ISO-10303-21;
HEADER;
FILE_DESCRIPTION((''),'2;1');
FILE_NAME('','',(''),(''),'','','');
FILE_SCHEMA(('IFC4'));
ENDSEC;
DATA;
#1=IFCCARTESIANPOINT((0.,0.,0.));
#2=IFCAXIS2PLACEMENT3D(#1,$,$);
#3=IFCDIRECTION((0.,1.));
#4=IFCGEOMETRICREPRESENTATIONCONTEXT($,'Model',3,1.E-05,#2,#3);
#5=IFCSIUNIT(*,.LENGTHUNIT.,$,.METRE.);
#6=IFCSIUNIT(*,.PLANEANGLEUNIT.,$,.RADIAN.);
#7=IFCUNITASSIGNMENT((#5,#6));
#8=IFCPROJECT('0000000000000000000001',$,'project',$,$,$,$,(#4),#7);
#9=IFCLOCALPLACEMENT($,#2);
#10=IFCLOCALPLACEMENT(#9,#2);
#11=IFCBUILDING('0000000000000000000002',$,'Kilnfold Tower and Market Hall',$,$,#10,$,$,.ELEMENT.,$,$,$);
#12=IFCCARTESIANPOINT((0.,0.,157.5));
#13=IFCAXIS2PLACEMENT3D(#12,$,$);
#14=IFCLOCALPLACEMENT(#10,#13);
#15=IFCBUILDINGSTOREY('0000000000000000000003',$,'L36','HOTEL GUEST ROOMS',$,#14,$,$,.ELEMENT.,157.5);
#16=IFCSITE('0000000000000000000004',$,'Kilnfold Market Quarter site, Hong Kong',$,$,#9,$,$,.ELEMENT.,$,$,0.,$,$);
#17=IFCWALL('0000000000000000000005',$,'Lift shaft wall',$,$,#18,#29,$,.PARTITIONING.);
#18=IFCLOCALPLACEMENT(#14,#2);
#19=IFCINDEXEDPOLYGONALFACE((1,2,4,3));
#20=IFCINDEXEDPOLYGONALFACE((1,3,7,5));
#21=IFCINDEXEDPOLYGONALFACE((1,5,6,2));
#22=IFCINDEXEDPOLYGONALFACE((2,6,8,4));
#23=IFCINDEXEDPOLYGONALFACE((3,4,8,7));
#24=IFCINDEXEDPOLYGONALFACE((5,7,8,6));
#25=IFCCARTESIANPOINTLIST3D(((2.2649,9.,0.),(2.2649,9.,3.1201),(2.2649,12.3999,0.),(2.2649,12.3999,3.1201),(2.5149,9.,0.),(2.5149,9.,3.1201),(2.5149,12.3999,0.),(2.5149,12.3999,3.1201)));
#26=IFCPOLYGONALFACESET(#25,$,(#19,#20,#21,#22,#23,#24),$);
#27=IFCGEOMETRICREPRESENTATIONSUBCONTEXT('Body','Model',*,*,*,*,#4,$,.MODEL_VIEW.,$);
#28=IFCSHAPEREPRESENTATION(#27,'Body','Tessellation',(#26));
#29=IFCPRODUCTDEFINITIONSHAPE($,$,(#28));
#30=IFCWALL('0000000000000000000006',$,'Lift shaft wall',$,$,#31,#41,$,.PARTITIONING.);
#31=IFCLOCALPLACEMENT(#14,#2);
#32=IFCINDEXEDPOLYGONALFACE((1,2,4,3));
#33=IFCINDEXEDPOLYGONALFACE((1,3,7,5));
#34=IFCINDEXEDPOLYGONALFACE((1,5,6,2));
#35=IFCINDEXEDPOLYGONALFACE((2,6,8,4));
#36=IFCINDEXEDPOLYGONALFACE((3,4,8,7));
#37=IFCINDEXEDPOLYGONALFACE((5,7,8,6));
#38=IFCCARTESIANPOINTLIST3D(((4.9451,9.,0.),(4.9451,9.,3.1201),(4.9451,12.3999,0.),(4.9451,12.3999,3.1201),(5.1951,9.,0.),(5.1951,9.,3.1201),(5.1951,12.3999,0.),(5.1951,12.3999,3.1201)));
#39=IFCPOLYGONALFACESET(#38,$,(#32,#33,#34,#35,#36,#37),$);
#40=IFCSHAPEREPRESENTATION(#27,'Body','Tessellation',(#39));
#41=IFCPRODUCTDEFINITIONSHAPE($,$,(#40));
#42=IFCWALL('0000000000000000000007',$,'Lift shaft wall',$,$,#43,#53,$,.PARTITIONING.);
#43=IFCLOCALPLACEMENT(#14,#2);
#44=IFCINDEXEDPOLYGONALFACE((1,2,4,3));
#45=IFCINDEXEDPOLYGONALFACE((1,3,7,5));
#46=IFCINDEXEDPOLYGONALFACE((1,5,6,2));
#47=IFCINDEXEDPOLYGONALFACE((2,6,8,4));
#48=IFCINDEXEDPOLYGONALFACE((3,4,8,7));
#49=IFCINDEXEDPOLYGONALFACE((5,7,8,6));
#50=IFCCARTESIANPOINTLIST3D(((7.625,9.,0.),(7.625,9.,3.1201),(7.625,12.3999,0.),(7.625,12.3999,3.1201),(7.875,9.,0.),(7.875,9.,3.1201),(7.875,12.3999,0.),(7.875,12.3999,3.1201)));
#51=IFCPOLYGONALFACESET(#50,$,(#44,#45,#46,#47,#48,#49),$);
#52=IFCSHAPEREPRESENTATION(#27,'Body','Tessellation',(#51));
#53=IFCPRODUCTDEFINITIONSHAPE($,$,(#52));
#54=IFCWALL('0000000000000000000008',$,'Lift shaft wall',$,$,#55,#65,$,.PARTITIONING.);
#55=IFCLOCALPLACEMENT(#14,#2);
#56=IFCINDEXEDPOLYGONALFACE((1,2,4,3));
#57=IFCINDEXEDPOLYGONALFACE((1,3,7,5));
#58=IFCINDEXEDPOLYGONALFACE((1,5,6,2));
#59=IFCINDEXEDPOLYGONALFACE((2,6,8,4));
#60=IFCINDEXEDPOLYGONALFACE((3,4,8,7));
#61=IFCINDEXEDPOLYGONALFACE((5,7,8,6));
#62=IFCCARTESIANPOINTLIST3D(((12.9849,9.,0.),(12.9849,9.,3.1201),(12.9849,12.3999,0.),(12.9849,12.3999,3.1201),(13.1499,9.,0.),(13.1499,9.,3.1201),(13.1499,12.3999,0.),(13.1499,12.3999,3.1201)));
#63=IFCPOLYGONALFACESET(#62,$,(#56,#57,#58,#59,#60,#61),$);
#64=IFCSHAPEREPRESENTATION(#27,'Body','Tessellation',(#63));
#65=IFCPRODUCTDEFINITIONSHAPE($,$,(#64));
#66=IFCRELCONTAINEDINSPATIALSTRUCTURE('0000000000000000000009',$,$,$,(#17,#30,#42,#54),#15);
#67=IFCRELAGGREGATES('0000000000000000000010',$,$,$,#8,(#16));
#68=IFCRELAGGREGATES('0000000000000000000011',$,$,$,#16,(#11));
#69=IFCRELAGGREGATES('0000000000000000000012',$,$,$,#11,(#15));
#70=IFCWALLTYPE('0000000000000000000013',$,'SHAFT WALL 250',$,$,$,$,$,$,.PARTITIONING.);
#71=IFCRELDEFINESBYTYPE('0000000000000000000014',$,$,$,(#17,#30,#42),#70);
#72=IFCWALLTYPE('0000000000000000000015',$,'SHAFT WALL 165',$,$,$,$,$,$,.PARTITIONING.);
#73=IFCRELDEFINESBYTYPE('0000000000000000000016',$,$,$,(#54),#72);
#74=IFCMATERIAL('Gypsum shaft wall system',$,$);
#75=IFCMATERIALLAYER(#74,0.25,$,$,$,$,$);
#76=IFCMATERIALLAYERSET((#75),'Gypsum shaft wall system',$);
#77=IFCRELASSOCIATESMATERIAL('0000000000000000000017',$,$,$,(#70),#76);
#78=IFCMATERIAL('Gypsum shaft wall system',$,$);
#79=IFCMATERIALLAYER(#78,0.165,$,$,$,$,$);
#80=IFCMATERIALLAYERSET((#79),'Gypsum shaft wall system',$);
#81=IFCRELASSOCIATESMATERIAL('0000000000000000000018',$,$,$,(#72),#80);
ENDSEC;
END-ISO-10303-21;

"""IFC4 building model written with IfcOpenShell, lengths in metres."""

from ifc_helpers import new_model, si_unit, direction, frame, frame_2d, origin, place, context, subcontext, project, spatial, rectangle, extrude, source, transform, mapped, material, layer, layer_set, type_object, element, save


model = new_model("IFC4")

# Units and contexts
model_context = context("Model", 3, precision=1e-05, world=origin(), true_north=direction((0.0, 1.0)))
body_context = subcontext(model_context, "Body", "Model", "MODEL_VIEW")
ifc_project = project(units=[si_unit("LENGTHUNIT", "METRE"), si_unit("PLANEANGLEUNIT", "RADIAN")], contexts=[model_context])

# Site, building, storey
site_placement = place(None, origin())
site = spatial("IfcSite", under=ifc_project, at=site_placement, Name="Kilnfold Market Quarter site, Hong Kong", CompositionType="ELEMENT", RefElevation=0.0)
building_placement = place(site_placement, origin())
building = spatial("IfcBuilding", under=site, at=building_placement, Name="Kilnfold Tower and Market Hall", CompositionType="ELEMENT")
storey_placement = place(building_placement, frame((0.0, 0.0, 157.5)))
storey = spatial("IfcBuildingStorey", under=building, at=storey_placement, Name="L36", Description="HOTEL GUEST ROOMS", CompositionType="ELEMENT", Elevation=157.5)

# Walls
ifc_material_1 = material(Name="Gypsum shaft wall system")
ifc_layer_1 = layer(ifc_material_1, 0.25)
ifc_layer_set_1 = layer_set([ifc_layer_1], Name="Gypsum shaft wall system")
wall_type_1 = type_object("IfcWallType", Name="SHAFT WALL 250", PredefinedType="PARTITIONING", material=ifc_layer_set_1)
shared_shape_1 = source(origin(), body_context, "Body", "SweptSolid", [
    extrude(rectangle(XDim=3.3999, YDim=0.25, at=frame_2d((1.7, 0.0))), origin(), (0.0, 0.0, 1.0), 3.1201),
])
for number, where, z_axis, x_axis, name in (
    (1, (2.3899, 9.0, 0.0), (0.0, 0.0, 1.0), (0.0, 1.0, 0.0), "Lift shaft wall"),
    (2, (5.0701, 9.0, 0.0), (0.0, 0.0, 1.0), (0.0, 1.0, 0.0), "Lift shaft wall"),
    (3, (7.75, 9.0, 0.0), (0.0, 0.0, 1.0), (0.0, 1.0, 0.0), "Lift shaft wall"),
):
    element("IfcWall", number, at=place(storey_placement, frame(where, z_axis=z_axis, x_axis=x_axis)), inside=storey, type_object=wall_type_1, Name=name, PredefinedType="PARTITIONING", context=body_context, shape_type="MappedRepresentation", body=[
        mapped(shared_shape_1, transform((0.0, 0.0, 0.0))),
    ])
ifc_material_2 = material(Name="Gypsum shaft wall system")
ifc_layer_2 = layer(ifc_material_2, 0.165)
ifc_layer_set_2 = layer_set([ifc_layer_2], Name="Gypsum shaft wall system")
wall_type_2 = type_object("IfcWallType", Name="SHAFT WALL 165", PredefinedType="PARTITIONING", material=ifc_layer_set_2)
shared_shape_2 = source(origin(), body_context, "Body", "SweptSolid", [
    extrude(rectangle(XDim=3.3999, YDim=0.165, at=frame_2d((1.7, 0.0))), origin(), (0.0, 0.0, 1.0), 3.1201),
])
wall_1_placement = place(storey_placement, frame((13.0674, 9.0, 0.0), z_axis=(0.0, 0.0, 1.0), x_axis=(0.0, 1.0, 0.0)))
element("IfcWall", 4, at=wall_1_placement, inside=storey, type_object=wall_type_2, Name="Lift shaft wall", PredefinedType="PARTITIONING", context=body_context, shape_type="MappedRepresentation", body=[
    mapped(shared_shape_2, transform((0.0, 0.0, 0.0))),
])

save(model, "model.ifc")
